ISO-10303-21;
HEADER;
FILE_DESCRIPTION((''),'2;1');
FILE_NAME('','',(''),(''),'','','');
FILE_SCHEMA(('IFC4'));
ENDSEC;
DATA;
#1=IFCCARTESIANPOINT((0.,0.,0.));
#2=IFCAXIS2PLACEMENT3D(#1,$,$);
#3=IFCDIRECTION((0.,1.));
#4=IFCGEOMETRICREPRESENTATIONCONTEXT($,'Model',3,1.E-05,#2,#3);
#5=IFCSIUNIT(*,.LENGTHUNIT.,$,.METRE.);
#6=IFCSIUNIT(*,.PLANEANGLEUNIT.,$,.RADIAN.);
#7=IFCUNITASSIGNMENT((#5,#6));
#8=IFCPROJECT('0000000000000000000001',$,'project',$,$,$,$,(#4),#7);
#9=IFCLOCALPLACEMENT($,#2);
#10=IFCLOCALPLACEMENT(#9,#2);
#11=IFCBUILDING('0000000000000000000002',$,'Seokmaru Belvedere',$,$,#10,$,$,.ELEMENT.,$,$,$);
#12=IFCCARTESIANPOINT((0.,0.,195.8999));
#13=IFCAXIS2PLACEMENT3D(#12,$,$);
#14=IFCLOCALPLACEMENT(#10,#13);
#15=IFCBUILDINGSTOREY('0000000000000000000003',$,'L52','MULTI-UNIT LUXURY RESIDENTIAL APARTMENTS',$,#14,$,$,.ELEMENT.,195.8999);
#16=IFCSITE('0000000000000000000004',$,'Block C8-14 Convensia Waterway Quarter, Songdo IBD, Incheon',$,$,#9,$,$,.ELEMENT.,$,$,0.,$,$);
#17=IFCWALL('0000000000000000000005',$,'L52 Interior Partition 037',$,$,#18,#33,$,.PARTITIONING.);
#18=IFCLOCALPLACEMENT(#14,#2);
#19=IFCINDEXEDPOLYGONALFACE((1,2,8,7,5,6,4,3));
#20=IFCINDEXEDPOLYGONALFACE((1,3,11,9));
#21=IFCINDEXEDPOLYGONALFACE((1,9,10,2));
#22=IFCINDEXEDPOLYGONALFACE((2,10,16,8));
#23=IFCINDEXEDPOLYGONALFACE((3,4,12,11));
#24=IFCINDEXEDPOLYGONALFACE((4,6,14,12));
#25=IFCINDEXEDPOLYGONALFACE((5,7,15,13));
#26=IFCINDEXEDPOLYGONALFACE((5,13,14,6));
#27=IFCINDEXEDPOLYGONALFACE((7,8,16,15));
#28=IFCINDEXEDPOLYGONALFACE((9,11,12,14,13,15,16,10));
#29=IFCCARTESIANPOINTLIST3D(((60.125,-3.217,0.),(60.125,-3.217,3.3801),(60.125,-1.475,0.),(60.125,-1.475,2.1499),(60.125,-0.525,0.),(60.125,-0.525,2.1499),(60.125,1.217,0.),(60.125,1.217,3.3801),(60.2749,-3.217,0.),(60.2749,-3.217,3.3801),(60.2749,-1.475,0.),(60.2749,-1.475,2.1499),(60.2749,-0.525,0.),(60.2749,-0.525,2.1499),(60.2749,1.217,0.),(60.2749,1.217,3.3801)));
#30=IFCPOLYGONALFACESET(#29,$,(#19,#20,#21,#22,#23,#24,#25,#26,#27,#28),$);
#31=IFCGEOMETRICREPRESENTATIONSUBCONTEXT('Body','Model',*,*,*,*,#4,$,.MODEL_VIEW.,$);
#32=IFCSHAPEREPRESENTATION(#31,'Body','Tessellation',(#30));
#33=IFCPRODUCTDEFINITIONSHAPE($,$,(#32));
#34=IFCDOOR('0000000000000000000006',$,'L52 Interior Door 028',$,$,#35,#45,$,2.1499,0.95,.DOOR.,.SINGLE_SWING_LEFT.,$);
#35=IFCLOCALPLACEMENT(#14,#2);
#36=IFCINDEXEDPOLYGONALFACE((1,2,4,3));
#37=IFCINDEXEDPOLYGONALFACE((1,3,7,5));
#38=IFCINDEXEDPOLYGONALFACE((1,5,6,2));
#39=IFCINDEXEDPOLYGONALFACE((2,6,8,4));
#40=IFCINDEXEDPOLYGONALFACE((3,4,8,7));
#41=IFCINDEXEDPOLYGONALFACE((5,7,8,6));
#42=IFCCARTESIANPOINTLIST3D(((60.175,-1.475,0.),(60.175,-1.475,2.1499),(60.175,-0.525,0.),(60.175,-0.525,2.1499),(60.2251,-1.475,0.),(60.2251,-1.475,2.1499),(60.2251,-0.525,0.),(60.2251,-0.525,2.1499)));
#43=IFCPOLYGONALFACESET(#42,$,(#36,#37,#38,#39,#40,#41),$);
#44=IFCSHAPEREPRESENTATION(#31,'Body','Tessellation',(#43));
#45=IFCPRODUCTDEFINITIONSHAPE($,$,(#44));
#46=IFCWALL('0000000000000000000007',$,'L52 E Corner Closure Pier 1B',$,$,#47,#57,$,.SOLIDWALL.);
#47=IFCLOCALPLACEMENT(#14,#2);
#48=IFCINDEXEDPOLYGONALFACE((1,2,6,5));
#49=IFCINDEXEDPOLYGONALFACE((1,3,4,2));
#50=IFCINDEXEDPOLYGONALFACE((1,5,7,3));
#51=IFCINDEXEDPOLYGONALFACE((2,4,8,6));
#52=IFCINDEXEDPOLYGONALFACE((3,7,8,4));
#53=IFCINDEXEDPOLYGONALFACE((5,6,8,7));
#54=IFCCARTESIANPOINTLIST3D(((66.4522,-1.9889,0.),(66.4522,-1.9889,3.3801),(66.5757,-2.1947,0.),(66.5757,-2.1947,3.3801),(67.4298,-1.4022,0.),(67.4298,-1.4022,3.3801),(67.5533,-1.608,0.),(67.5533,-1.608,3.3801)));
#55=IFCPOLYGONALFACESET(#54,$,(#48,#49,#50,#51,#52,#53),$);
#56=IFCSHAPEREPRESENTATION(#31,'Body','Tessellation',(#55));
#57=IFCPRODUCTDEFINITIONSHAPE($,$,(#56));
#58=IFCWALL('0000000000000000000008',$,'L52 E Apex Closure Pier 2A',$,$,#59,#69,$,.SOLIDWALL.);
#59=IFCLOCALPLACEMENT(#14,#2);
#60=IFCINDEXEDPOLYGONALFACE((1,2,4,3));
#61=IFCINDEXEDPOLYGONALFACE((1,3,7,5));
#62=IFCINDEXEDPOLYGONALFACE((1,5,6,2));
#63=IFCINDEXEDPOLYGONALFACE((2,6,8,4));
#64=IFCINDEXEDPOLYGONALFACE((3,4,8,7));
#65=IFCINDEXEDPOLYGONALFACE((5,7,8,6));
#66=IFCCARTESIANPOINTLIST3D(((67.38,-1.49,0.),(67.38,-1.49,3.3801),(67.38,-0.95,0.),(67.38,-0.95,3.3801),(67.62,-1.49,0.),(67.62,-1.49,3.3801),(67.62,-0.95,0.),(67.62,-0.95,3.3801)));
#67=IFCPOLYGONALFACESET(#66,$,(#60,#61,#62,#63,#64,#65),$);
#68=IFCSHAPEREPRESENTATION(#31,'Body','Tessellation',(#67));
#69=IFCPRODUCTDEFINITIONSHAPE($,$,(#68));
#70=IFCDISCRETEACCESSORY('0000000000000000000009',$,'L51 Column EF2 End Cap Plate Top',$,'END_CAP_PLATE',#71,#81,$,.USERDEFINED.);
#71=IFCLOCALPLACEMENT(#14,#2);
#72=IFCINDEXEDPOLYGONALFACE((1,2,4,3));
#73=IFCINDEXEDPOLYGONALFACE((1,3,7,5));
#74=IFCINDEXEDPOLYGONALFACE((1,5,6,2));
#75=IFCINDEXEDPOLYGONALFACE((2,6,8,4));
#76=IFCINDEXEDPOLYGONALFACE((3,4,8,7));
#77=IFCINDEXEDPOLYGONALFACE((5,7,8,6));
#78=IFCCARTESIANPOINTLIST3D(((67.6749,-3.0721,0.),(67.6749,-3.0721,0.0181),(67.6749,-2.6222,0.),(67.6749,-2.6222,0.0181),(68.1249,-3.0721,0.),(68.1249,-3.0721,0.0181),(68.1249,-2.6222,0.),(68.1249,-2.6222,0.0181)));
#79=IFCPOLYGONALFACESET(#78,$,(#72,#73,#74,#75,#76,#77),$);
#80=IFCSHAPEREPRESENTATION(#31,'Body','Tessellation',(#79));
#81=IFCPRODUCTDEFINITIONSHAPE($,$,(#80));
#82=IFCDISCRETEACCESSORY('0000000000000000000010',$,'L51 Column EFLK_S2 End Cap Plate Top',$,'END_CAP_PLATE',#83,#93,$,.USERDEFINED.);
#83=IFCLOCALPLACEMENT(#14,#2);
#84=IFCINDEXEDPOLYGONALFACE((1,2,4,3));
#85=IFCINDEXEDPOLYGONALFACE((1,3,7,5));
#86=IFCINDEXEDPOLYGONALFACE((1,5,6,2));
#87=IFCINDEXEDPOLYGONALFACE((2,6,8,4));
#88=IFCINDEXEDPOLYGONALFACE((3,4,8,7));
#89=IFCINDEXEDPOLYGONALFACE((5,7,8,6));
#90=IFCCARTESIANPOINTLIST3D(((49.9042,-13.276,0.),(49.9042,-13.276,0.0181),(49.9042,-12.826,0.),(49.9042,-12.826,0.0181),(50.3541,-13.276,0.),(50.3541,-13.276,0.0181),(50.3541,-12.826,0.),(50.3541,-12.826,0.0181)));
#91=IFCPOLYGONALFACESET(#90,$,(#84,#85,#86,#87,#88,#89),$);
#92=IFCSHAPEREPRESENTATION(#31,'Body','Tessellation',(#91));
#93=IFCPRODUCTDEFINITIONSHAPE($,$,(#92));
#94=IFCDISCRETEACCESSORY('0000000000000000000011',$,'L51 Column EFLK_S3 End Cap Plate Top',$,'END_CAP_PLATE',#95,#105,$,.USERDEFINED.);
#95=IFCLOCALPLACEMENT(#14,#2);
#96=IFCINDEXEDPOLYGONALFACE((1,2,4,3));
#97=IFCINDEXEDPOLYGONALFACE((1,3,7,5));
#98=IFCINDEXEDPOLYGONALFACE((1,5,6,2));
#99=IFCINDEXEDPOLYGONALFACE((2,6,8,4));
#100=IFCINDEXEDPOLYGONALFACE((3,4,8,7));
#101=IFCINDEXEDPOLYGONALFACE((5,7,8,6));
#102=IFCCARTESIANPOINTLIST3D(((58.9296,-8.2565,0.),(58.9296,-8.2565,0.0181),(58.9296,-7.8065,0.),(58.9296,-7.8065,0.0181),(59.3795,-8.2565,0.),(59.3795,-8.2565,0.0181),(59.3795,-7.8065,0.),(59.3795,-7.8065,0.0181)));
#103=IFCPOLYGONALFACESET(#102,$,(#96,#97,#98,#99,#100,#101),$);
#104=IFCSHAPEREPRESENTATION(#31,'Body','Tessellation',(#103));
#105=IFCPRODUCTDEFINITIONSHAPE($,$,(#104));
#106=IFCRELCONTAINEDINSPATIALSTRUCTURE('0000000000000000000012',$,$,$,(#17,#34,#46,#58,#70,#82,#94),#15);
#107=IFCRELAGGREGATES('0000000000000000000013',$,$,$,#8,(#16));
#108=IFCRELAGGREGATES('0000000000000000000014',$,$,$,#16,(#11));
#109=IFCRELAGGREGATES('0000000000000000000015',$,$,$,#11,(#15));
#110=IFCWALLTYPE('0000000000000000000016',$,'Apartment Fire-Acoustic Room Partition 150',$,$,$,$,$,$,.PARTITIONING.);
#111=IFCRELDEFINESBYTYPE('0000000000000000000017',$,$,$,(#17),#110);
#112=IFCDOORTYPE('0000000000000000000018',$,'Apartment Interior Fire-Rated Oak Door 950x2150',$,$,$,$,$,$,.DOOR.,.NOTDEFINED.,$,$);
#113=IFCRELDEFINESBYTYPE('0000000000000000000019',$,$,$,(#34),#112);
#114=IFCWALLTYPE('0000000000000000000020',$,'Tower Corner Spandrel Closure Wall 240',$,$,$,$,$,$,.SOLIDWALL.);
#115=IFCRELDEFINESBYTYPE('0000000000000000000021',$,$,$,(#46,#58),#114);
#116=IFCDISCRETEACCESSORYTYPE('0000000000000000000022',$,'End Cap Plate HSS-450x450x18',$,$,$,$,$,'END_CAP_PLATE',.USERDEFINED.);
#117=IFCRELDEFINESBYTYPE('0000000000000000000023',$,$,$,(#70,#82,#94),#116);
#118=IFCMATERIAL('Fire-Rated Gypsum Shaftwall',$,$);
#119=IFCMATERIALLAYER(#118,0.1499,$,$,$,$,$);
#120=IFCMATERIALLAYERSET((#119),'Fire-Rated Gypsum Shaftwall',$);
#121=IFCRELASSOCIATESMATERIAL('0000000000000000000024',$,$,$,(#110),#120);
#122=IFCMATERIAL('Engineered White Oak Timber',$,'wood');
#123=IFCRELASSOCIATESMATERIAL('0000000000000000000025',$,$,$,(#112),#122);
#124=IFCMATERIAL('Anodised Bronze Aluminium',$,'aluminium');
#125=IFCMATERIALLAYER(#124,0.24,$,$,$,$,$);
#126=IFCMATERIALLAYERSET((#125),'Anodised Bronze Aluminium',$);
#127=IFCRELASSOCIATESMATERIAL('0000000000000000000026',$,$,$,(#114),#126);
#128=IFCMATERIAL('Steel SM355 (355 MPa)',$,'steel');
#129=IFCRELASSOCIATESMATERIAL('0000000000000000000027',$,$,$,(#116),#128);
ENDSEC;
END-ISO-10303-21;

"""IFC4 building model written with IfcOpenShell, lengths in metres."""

from ifc_helpers import new_model, si_unit, direction, frame, frame_2d, origin, origin_2d, place, context, subcontext, project, spatial, rectangle, extrude, source, transform, mapped, material, layer, layer_set, type_object, type_shapes, element, fill, save


model = new_model("IFC4")

# Units and contexts
model_context = context("Model", 3, precision=1e-05, world=origin(), true_north=direction((0.0, 1.0)))
body_context = subcontext(model_context, "Body", "Model", "MODEL_VIEW")
ifc_project = project(units=[si_unit("LENGTHUNIT", "METRE"), si_unit("PLANEANGLEUNIT", "RADIAN")], contexts=[model_context])

# Site, building, storey
site_placement = place(None, origin())
site = spatial("IfcSite", under=ifc_project, at=site_placement, Name="Block C8-14 Convensia Waterway Quarter, Songdo IBD, Incheon", CompositionType="ELEMENT", RefElevation=0.0)
building_placement = place(site_placement, origin())
building = spatial("IfcBuilding", under=site, at=building_placement, Name="Seokmaru Belvedere", CompositionType="ELEMENT")
storey_placement = place(building_placement, frame((0.0, 0.0, 195.8999)))
storey = spatial("IfcBuildingStorey", under=building, at=storey_placement, Name="L52", Description="MULTI-UNIT LUXURY RESIDENTIAL APARTMENTS", CompositionType="ELEMENT", Elevation=195.8999)

# Shared definitions
ifc_material_1 = material(Name="Steel SM355 (355 MPa)", Category="steel")

# Shared definitions
ifc_material_2 = material(Name="Anodised Bronze Aluminium", Category="aluminium")

# Shared definitions
ifc_material_3 = material(Name="Fire-Rated Gypsum Shaftwall")
ifc_layer_1 = layer(ifc_material_3, 0.1499)
ifc_layer_set_1 = layer_set([ifc_layer_1], Name="Fire-Rated Gypsum Shaftwall")
wall_type_1 = type_object("IfcWallType", Name="Apartment Fire-Acoustic Room Partition 150", PredefinedType="PARTITIONING", material=ifc_layer_set_1)
ifc_material_4 = material(Name="Engineered White Oak Timber", Category="wood")
door_type = type_object("IfcDoorType", Name="Apartment Interior Fire-Rated Oak Door 950x2150", OperationType="NOTDEFINED", PredefinedType="DOOR", material=ifc_material_4)
shared_shape_1 = source(origin(), body_context, "Body", "SweptSolid", [
    extrude(rectangle(XDim=0.95, YDim=2.1499, at=frame_2d((0.4751, 1.075))), frame((0.0, 0.0249, 0.0), z_axis=(0.0, -1.0, 0.0), x_axis=(1.0, 0.0, 0.0)), (0.0, 0.0, 1.0), 0.05),
])
type_shapes(door_type, [shared_shape_1])

# Wall, opening, door
wall_1_placement = place(storey_placement, frame((60.2, -3.217, 0.0), z_axis=(0.0, 0.0, 1.0), x_axis=(0.0, 1.0, 0.0)))
wall_1 = element("IfcWall", 1, at=wall_1_placement, inside=storey, type_object=wall_type_1, Name="L52 Interior Partition 037", PredefinedType="PARTITIONING", context=body_context, shape_type="SweptSolid", body=[
    extrude(rectangle(XDim=4.4341, YDim=0.1499, at=frame_2d((2.217, 0.0))), origin(), (0.0, 0.0, 1.0), 3.3801),
])
opening_1_placement = place(wall_1_placement, frame((1.7419, 0.0, 0.0)))
opening_1 = element("IfcOpeningElement", 2, at=opening_1_placement, cuts=wall_1, PredefinedType="OPENING", context=body_context, shape_type="SweptSolid", body=[
    extrude(rectangle(XDim=0.95, YDim=2.1499, at=frame_2d((0.4751, 1.075))), frame((0.0, 0.085, 0.0), z_axis=(0.0, -1.0, 0.0), x_axis=(1.0, 0.0, 0.0)), (0.0, 0.0, 1.0), 0.1699),
])
door_1_placement = place(opening_1_placement, origin())
door_1 = element("IfcDoor", 3, at=door_1_placement, inside=storey, type_object=door_type, Name="L52 Interior Door 028", OperationType="SINGLE_SWING_LEFT", OverallHeight=2.1499, OverallWidth=0.95, PredefinedType="DOOR", context=body_context, shape_type="MappedRepresentation", body=[
    mapped(shared_shape_1, transform((0.0, 0.0, 0.0), scale=1.0)),
])
fill(opening_1, door_1)

# Walls
ifc_layer_2 = layer(ifc_material_2, 0.24)
ifc_layer_set_2 = layer_set([ifc_layer_2], Name="Anodised Bronze Aluminium")
wall_type_2 = type_object("IfcWallType", Name="Tower Corner Spandrel Closure Wall 240", PredefinedType="SOLIDWALL", material=ifc_layer_set_2)
wall_2_placement = place(storey_placement, frame((66.5139, -2.0918, 0.0), z_axis=(0.0, 0.0, 1.0), x_axis=(0.857436, 0.51459, 0.0)))
element("IfcWall", 4, at=wall_2_placement, inside=storey, type_object=wall_type_2, Name="L52 E Corner Closure Pier 1B", PredefinedType="SOLIDWALL", context=body_context, shape_type="SweptSolid", body=[
    extrude(rectangle(XDim=1.1401, YDim=0.24, at=frame_2d((0.5701, 0.0))), origin(), (0.0, 0.0, 1.0), 3.3801),
])
wall_3_placement = place(storey_placement, frame((67.5, -1.49, 0.0), z_axis=(0.0, 0.0, 1.0), x_axis=(0.0, 1.0, 0.0)))
element("IfcWall", 5, at=wall_3_placement, inside=storey, type_object=wall_type_2, Name="L52 E Apex Closure Pier 2A", PredefinedType="SOLIDWALL", context=body_context, shape_type="SweptSolid", body=[
    extrude(rectangle(XDim=0.54, YDim=0.24, at=frame_2d((0.27, 0.0))), origin(), (0.0, 0.0, 1.0), 3.3801),
])

# Discrete accessories
discrete_accessory_type = type_object("IfcDiscreteAccessoryType", Name="End Cap Plate HSS-450x450x18", ElementType="END_CAP_PLATE", PredefinedType="USERDEFINED", material=ifc_material_1)
shared_shape_2 = source(origin(), body_context, "Body", "SweptSolid", [
    extrude(rectangle(XDim=0.45, YDim=0.45, at=origin_2d()), origin(), (0.0, 0.0, 1.0), 0.0181),
])
type_shapes(discrete_accessory_type, [shared_shape_2])
for number, where, z_axis, x_axis, name in (
    (6, (67.8999, -2.8472, 0.0), (0.0, 0.0, 1.0), (1.0, 0.0, 0.0), "L51 Column EF2 End Cap Plate Top"),
    (7, (50.1292, -13.051, 0.0), (0.0, 0.0, 1.0), (1.0, 0.0, 0.0), "L51 Column EFLK_S2 End Cap Plate Top"),
    (8, (59.1545, -8.0315, 0.0), (0.0, 0.0, 1.0), (1.0, 0.0, 0.0), "L51 Column EFLK_S3 End Cap Plate Top"),
):
    element("IfcDiscreteAccessory", number, at=place(storey_placement, frame(where, z_axis=z_axis, x_axis=x_axis)), inside=storey, type_object=discrete_accessory_type, Name=name, ObjectType="END_CAP_PLATE", PredefinedType="USERDEFINED", context=body_context, shape_type="MappedRepresentation", body=[
        mapped(shared_shape_2, transform((0.0, 0.0, 0.0), scale=1.0)),
    ])

save(model, "model.ifc")
